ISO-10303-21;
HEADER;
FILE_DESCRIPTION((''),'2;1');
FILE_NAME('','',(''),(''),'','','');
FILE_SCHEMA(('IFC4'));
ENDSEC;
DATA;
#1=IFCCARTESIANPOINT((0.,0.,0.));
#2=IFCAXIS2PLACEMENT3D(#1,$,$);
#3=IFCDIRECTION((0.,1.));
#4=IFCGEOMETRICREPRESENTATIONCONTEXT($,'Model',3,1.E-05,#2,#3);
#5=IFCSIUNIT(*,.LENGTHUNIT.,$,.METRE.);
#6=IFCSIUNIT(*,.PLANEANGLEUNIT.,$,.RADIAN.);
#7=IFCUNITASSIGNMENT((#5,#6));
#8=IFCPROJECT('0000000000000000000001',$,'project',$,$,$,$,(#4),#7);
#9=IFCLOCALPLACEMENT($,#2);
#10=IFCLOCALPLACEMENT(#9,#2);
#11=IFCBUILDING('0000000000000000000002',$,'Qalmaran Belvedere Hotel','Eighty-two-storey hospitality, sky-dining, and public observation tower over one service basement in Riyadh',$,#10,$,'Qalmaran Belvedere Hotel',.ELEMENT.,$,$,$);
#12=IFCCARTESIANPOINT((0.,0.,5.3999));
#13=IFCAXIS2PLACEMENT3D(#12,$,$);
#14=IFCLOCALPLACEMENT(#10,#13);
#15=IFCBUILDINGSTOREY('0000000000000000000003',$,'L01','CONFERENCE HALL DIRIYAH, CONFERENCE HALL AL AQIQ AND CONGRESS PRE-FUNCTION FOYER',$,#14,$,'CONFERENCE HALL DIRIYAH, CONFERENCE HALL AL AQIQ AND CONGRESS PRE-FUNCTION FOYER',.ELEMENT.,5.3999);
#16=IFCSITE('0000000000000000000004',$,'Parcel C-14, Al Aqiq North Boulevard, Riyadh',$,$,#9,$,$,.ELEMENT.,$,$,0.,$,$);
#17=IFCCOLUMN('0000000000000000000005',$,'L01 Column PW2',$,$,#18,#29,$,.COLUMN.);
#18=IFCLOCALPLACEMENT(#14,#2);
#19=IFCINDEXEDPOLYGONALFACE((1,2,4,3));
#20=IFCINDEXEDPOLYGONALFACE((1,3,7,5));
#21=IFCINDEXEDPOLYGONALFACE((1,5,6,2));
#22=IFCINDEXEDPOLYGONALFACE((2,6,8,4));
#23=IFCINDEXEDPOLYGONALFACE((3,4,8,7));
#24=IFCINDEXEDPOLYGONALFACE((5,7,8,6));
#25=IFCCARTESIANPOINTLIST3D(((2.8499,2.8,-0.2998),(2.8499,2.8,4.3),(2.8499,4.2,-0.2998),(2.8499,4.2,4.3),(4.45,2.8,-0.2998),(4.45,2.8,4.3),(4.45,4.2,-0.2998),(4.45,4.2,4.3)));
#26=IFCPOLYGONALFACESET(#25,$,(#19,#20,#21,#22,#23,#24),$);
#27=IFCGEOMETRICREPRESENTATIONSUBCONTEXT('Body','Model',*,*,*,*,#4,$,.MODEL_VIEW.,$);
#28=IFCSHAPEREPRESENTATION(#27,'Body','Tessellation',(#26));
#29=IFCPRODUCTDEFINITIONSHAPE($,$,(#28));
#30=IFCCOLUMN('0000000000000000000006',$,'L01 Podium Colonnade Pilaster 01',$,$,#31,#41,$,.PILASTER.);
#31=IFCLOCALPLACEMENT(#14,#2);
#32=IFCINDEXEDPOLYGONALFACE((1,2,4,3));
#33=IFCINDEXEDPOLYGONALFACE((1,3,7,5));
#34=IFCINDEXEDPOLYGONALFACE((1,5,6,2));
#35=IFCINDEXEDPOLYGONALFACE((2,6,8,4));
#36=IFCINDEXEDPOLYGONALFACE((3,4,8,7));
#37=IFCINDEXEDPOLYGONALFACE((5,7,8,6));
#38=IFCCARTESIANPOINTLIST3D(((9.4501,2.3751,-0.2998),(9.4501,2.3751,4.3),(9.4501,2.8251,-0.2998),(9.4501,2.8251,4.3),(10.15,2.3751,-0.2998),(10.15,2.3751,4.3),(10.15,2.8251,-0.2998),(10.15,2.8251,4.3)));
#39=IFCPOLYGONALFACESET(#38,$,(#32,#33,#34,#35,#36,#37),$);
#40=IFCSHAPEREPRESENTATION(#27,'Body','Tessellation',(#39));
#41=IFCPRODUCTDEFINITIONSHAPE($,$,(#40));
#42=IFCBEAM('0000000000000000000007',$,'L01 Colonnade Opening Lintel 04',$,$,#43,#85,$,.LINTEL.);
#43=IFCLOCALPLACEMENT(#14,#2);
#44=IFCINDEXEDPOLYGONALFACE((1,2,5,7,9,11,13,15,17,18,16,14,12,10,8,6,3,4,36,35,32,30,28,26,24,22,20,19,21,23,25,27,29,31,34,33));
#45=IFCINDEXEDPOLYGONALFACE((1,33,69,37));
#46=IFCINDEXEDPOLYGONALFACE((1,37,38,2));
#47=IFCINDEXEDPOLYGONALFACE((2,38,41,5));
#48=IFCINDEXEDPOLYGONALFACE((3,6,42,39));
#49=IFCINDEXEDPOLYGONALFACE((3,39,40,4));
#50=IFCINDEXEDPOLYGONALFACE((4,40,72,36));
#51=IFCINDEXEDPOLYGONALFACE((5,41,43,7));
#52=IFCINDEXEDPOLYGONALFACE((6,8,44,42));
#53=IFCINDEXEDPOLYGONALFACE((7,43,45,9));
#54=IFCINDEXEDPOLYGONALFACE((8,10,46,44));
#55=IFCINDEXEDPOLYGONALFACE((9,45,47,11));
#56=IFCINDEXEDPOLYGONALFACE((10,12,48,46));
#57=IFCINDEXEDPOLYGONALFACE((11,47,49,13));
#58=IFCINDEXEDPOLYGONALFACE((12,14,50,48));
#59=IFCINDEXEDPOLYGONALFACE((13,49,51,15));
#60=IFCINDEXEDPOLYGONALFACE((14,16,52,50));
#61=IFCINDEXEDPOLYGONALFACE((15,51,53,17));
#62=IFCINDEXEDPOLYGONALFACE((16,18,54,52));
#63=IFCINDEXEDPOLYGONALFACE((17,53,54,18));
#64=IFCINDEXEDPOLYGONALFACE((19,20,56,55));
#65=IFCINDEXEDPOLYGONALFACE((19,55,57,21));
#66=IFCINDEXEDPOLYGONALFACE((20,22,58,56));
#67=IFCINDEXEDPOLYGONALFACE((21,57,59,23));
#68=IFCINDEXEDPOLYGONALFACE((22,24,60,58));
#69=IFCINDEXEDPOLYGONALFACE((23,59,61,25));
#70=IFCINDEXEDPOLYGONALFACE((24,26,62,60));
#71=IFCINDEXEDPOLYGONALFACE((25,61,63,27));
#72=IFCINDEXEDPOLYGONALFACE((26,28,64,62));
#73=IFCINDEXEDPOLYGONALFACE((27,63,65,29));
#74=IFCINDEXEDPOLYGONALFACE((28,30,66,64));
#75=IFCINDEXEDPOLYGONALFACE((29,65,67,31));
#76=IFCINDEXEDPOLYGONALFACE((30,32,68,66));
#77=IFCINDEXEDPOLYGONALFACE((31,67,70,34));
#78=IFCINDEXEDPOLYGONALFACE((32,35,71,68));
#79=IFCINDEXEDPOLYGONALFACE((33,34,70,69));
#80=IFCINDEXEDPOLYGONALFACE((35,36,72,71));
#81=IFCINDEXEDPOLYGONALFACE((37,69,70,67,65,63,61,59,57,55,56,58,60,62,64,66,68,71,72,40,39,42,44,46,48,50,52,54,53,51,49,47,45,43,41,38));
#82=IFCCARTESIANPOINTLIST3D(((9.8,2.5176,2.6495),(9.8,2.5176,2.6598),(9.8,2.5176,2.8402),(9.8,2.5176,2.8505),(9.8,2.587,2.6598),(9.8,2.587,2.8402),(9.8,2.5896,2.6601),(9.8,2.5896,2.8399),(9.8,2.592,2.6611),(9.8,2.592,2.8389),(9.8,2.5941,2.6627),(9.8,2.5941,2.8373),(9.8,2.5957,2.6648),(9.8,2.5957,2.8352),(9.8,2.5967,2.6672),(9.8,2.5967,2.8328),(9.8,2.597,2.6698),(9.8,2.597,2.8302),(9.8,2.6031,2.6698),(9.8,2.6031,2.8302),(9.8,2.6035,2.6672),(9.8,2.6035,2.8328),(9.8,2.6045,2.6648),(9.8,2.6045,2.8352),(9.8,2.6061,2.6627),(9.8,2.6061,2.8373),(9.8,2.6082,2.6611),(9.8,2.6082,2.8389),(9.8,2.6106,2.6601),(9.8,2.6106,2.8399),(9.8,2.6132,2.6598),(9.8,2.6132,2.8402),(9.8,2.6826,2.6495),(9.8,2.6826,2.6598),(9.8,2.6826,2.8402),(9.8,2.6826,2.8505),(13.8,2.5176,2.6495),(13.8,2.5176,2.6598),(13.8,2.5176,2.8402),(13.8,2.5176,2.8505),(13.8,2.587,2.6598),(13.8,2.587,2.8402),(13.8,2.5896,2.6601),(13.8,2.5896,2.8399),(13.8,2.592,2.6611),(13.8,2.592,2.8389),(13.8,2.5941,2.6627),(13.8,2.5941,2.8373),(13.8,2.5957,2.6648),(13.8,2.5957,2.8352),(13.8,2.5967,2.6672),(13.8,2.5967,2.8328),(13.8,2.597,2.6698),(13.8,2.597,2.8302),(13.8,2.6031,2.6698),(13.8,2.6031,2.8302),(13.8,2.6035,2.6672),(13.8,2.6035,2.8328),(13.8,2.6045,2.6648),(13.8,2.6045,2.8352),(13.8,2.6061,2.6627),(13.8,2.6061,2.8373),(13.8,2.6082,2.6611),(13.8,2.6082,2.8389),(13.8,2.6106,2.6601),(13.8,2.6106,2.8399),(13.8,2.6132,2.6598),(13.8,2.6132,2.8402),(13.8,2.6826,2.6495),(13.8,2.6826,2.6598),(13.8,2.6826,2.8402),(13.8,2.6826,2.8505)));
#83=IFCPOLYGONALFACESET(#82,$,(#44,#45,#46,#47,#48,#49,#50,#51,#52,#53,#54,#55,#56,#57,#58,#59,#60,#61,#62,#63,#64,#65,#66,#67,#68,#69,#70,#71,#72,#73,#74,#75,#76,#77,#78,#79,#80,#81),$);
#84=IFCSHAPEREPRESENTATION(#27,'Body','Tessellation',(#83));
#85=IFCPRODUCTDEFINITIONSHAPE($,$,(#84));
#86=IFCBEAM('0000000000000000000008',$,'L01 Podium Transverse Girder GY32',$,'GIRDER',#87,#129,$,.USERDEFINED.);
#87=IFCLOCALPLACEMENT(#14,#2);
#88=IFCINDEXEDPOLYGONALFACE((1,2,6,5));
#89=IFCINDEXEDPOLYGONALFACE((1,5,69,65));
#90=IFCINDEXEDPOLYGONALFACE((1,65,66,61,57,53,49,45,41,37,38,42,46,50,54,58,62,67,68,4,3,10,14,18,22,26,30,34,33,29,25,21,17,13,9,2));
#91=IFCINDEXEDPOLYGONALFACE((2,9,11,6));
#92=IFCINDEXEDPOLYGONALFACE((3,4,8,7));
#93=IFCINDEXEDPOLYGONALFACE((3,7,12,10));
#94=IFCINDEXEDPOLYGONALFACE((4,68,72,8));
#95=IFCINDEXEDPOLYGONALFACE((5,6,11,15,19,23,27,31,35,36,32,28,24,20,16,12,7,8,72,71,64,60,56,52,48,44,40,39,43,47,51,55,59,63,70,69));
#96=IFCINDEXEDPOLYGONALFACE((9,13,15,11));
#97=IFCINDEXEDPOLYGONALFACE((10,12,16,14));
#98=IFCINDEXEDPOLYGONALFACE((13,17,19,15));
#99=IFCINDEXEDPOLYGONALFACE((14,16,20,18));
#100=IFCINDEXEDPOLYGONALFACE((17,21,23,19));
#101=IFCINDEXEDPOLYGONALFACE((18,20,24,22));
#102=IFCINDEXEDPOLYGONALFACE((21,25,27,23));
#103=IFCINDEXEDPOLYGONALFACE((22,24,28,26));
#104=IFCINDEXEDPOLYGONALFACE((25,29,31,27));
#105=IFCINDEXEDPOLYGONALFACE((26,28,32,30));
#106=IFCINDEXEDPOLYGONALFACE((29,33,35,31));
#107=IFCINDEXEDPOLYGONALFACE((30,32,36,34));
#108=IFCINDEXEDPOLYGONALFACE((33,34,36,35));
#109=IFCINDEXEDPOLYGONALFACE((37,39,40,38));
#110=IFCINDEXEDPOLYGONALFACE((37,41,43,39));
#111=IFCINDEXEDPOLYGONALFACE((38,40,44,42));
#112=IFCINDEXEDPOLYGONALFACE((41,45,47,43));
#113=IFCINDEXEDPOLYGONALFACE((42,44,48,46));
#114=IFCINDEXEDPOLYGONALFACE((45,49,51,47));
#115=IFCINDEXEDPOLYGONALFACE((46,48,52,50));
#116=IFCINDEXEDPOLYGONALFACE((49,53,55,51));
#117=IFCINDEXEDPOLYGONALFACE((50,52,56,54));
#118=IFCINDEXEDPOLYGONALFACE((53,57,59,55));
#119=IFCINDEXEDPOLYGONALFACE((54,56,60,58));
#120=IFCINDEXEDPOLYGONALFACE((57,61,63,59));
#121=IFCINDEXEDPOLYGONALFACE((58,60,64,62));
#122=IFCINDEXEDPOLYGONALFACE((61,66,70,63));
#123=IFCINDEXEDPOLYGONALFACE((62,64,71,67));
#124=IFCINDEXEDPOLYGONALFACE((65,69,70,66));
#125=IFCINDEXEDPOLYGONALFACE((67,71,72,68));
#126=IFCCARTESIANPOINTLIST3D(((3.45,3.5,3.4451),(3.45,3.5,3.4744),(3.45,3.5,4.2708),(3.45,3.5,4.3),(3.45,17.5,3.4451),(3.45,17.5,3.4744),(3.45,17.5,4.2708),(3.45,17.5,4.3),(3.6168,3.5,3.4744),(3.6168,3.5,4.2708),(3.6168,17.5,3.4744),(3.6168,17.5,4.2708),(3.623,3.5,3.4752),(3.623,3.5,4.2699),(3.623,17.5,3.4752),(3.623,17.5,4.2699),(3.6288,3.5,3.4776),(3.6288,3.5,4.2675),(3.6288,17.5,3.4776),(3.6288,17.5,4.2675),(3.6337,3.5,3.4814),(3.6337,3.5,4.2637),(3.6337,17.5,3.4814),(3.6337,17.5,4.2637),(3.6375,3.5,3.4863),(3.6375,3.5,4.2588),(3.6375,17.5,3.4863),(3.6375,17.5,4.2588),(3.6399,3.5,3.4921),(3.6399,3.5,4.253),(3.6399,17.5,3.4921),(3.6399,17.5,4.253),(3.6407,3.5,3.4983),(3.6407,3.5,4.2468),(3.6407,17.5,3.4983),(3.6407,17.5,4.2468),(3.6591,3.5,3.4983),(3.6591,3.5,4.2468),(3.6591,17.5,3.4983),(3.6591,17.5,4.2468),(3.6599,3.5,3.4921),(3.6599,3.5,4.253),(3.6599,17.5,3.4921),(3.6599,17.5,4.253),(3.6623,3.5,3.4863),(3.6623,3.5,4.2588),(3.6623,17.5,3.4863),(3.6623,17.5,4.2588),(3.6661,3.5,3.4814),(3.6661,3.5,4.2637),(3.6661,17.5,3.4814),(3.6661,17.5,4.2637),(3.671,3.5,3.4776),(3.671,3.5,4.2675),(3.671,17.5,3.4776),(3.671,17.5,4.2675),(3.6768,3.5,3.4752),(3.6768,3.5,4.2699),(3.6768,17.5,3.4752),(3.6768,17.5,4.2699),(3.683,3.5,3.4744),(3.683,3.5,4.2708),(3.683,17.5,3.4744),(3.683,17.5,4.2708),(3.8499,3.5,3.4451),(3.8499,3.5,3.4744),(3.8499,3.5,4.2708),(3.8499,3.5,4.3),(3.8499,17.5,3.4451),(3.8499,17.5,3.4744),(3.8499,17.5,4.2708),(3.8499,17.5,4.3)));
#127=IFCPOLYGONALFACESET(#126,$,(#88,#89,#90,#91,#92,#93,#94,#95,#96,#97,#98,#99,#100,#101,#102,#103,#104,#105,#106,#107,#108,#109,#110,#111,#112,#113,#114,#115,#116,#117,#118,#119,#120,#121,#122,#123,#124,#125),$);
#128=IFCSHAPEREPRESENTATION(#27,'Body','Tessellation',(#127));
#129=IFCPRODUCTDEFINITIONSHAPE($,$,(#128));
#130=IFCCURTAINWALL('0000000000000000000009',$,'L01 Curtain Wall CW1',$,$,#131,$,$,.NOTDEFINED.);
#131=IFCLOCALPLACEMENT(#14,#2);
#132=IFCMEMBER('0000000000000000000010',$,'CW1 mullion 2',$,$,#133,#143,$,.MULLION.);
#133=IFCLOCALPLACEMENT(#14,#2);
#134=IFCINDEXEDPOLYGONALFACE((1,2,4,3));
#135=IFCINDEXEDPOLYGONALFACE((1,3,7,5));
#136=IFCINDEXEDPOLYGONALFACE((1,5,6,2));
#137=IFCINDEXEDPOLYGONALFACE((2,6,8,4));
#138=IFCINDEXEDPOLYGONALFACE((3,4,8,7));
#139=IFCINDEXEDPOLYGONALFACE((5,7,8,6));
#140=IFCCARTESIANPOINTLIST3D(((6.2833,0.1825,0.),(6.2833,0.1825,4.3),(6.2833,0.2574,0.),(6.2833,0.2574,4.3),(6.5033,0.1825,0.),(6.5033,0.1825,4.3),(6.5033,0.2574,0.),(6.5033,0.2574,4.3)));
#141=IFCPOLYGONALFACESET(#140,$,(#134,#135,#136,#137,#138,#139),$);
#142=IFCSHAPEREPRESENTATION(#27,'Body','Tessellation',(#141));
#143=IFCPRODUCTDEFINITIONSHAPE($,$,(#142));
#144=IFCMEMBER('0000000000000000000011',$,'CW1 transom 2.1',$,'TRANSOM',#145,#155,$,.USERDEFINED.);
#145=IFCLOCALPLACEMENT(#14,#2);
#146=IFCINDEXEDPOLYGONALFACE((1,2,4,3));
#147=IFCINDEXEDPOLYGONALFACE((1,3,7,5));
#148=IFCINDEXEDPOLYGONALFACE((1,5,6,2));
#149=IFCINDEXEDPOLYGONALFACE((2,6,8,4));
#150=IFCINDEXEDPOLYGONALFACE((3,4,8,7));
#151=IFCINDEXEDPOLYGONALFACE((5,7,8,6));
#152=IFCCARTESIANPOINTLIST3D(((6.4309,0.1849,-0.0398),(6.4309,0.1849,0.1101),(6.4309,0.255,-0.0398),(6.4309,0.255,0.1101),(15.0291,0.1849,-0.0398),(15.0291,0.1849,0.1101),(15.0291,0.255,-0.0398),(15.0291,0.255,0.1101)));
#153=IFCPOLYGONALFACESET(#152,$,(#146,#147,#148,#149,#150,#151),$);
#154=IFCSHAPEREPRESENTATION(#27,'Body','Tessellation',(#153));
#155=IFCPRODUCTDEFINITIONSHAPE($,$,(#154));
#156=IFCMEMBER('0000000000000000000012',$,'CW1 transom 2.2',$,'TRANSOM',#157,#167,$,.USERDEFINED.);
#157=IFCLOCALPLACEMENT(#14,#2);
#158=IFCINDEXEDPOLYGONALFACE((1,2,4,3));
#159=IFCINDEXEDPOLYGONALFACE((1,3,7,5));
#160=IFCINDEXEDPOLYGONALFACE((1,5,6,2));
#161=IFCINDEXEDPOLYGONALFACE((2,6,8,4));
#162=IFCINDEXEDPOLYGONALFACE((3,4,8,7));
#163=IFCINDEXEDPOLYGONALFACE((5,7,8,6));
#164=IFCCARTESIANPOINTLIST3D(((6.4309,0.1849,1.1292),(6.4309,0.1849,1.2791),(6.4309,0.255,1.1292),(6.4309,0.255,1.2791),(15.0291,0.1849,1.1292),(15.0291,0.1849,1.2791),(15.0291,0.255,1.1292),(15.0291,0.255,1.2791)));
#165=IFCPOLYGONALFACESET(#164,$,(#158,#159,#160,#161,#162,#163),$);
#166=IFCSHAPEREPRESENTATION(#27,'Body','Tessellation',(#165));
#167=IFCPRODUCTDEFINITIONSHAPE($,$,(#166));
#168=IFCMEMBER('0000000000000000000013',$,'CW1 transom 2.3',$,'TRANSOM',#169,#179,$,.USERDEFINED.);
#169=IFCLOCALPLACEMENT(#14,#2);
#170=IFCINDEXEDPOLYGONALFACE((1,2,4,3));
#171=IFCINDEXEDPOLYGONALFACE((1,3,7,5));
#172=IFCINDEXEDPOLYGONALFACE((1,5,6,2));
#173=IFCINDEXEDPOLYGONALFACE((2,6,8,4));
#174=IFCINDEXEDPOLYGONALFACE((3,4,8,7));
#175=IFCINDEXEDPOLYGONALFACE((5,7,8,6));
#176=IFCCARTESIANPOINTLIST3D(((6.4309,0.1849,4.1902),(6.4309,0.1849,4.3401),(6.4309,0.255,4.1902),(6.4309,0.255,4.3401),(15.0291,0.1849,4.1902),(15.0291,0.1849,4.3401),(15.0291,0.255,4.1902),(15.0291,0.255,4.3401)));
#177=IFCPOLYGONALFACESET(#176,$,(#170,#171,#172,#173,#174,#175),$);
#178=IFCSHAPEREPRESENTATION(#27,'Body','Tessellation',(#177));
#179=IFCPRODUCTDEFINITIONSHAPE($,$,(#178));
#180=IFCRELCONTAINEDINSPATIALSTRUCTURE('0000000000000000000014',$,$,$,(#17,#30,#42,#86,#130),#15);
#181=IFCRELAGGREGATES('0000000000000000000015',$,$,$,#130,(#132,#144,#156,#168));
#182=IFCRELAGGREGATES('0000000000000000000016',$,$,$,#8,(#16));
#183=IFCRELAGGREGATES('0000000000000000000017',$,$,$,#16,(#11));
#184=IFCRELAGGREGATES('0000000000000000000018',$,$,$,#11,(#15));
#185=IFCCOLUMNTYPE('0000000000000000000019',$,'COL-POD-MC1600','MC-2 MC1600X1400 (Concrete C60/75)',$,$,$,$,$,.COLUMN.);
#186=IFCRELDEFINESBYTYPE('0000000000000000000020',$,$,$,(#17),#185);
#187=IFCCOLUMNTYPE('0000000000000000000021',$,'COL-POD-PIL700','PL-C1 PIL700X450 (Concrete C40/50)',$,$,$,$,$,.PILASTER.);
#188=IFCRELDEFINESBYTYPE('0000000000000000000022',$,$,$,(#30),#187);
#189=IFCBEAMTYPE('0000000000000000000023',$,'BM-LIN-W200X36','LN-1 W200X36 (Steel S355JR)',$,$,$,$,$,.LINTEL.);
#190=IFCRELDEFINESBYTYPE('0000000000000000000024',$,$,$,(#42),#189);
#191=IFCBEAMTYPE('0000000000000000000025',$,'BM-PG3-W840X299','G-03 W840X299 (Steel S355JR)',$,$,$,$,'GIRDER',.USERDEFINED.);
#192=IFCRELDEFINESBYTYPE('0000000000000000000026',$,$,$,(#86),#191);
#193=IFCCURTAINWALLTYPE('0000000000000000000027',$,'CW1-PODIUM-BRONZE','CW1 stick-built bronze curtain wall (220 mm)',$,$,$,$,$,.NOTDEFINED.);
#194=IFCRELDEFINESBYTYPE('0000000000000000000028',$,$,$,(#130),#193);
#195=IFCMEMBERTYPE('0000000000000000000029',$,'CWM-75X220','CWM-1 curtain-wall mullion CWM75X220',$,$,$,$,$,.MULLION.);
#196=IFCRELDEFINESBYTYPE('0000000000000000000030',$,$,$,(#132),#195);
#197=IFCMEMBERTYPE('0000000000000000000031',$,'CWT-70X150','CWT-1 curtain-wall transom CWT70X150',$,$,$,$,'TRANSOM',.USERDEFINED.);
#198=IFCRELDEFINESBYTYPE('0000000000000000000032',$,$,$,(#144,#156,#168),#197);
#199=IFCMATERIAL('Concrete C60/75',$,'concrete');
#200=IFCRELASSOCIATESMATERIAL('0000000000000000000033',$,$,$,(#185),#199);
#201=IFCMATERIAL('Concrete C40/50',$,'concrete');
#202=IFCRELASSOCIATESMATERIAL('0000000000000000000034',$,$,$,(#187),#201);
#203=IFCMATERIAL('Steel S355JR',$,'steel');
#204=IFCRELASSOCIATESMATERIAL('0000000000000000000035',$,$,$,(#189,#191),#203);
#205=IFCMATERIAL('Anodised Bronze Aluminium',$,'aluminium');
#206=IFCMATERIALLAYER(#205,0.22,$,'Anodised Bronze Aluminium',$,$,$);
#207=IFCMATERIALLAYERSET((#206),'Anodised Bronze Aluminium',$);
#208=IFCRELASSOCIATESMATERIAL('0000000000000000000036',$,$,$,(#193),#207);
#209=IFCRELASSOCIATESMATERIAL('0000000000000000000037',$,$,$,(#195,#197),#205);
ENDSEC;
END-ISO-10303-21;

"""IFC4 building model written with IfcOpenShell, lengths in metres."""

from ifc_helpers import new_model, si_unit, direction, frame, origin, origin_2d, place, context, subcontext, project, spatial, rectangle, i_section, extrude, material, layer, layer_set, material_profile, profile_set, type_object, element, aggregate, save


model = new_model("IFC4")

# Units and contexts
model_context = context("Model", 3, precision=1e-05, world=origin(), true_north=direction((0.0, 1.0)))
body_context = subcontext(model_context, "Body", "Model", "MODEL_VIEW")
ifc_project = project(units=[si_unit("LENGTHUNIT", "METRE"), si_unit("PLANEANGLEUNIT", "RADIAN")], contexts=[model_context])

# Site, building, storey
site_placement = place(None, origin())
site = spatial("IfcSite", under=ifc_project, at=site_placement, Name="Parcel C-14, Al Aqiq North Boulevard, Riyadh", CompositionType="ELEMENT", RefElevation=0.0)
building_placement = place(site_placement, origin())
building = spatial("IfcBuilding", under=site, at=building_placement, Name="Qalmaran Belvedere Hotel", Description="Eighty-two-storey hospitality, sky-dining, and public observation tower over one service basement in Riyadh", LongName="Qalmaran Belvedere Hotel", CompositionType="ELEMENT")
storey_placement = place(building_placement, frame((0.0, 0.0, 5.3999)))
storey = spatial("IfcBuildingStorey", under=building, at=storey_placement, Name="L01", Description="CONFERENCE HALL DIRIYAH, CONFERENCE HALL AL AQIQ AND CONGRESS PRE-FUNCTION FOYER", LongName="CONFERENCE HALL DIRIYAH, CONFERENCE HALL AL AQIQ AND CONGRESS PRE-FUNCTION FOYER", CompositionType="ELEMENT", Elevation=5.3999)

# Columns
ifc_material_1 = material(Name="Concrete C60/75", Category="concrete")
ifc_material_profile_1 = material_profile(ifc_material_1, rectangle(XDim=1.6001, YDim=1.3999, at=origin_2d()), Name="MC1600X1400")
ifc_profile_set_1 = profile_set([ifc_material_profile_1], Name="Concrete C60/75")
column_type_1 = type_object("IfcColumnType", Name="COL-POD-MC1600", Description="MC-2 MC1600X1400 (Concrete C60/75)", PredefinedType="COLUMN", material=ifc_profile_set_1)
column_1_placement = place(storey_placement, frame((3.6499, 3.5, -0.2998), z_axis=(0.0, 0.0, 1.0), x_axis=(1.0, 0.0, 0.0)))
element("IfcColumn", 1, at=column_1_placement, inside=storey, type_object=column_type_1, Name="L01 Column PW2", PredefinedType="COLUMN", context=body_context, shape_type="SweptSolid", body=[
    extrude(rectangle(XDim=1.6001, YDim=1.3999, at=origin_2d()), origin(), (0.0, 0.0, 1.0), 4.5999),
])
ifc_material_2 = material(Name="Concrete C40/50", Category="concrete")
ifc_material_profile_2 = material_profile(ifc_material_2, rectangle(XDim=0.7, YDim=0.45, at=origin_2d()), Name="PIL700X450")
ifc_profile_set_2 = profile_set([ifc_material_profile_2], Name="Concrete C40/50")
column_type_2 = type_object("IfcColumnType", Name="COL-POD-PIL700", Description="PL-C1 PIL700X450 (Concrete C40/50)", PredefinedType="PILASTER", material=ifc_profile_set_2)
column_2_placement = place(storey_placement, frame((9.8, 2.6001, -0.2998), z_axis=(0.0, 0.0, 1.0), x_axis=(1.0, 0.0, 0.0)))
element("IfcColumn", 2, at=column_2_placement, inside=storey, type_object=column_type_2, Name="L01 Podium Colonnade Pilaster 01", PredefinedType="PILASTER", context=body_context, shape_type="SweptSolid", body=[
    extrude(rectangle(XDim=0.7, YDim=0.45, at=origin_2d()), origin(), (0.0, 0.0, 1.0), 4.5999),
])

# Beams
ifc_material_3 = material(Name="Steel S355JR", Category="steel")
ifc_material_profile_3 = material_profile(ifc_material_3, i_section(OverallWidth=0.165, OverallDepth=0.2009, WebThickness=0.0061, FlangeThickness=0.0103, FilletRadius=0.01, at=origin_2d()), Name="W200X36")
ifc_profile_set_3 = profile_set([ifc_material_profile_3], Name="Steel S355JR")
beam_type_1 = type_object("IfcBeamType", Name="BM-LIN-W200X36", Description="LN-1 W200X36 (Steel S355JR)", PredefinedType="LINTEL", material=ifc_profile_set_3)
beam_1_placement = place(storey_placement, frame((9.8, 2.6001, 2.75), z_axis=(1.0, 0.0, 0.0), x_axis=(0.0, 1.0, 0.0)))
element("IfcBeam", 3, at=beam_1_placement, inside=storey, type_object=beam_type_1, Name="L01 Colonnade Opening Lintel 04", PredefinedType="LINTEL", context=body_context, shape_type="SweptSolid", body=[
    extrude(i_section(OverallWidth=0.165, OverallDepth=0.2009, WebThickness=0.0061, FlangeThickness=0.0103, FilletRadius=0.01, at=origin_2d()), origin(), (0.0, 0.0, 1.0), 4.0),
])
ifc_material_profile_4 = material_profile(ifc_material_3, i_section(OverallWidth=0.3999, OverallDepth=0.855, WebThickness=0.0183, FlangeThickness=0.0293, FilletRadius=0.0239, at=origin_2d()), Name="W840X299")
ifc_profile_set_4 = profile_set([ifc_material_profile_4], Name="Steel S355JR")
beam_type_2 = type_object("IfcBeamType", Name="BM-PG3-W840X299", Description="G-03 W840X299 (Steel S355JR)", ElementType="GIRDER", PredefinedType="USERDEFINED", material=ifc_profile_set_4)
beam_2_placement = place(storey_placement, frame((3.6499, 3.5, 3.8726), z_axis=(0.0, 1.0, 0.0), x_axis=(-1.0, 0.0, 0.0)))
element("IfcBeam", 4, at=beam_2_placement, inside=storey, type_object=beam_type_2, Name="L01 Podium Transverse Girder GY32", ObjectType="GIRDER", PredefinedType="USERDEFINED", context=body_context, shape_type="SweptSolid", body=[
    extrude(i_section(OverallWidth=0.3999, OverallDepth=0.855, WebThickness=0.0183, FlangeThickness=0.0293, FilletRadius=0.0239, at=origin_2d()), origin(), (0.0, 0.0, 1.0), 14.0),
])

# Curtain wall, members
ifc_material_4 = material(Name="Anodised Bronze Aluminium", Category="aluminium")
ifc_layer_1 = layer(ifc_material_4, 0.22, Name="Anodised Bronze Aluminium")
ifc_layer_set_1 = layer_set([ifc_layer_1], Name="Anodised Bronze Aluminium")
curtain_wall_type = type_object("IfcCurtainWallType", Name="CW1-PODIUM-BRONZE", Description="CW1 stick-built bronze curtain wall (220 mm)", PredefinedType="NOTDEFINED", material=ifc_layer_set_1)
curtain_wall_placement = place(storey_placement, origin())
curtain_wall = element("IfcCurtainWall", 5, at=curtain_wall_placement, inside=storey, type_object=curtain_wall_type, Name="L01 Curtain Wall CW1", PredefinedType="NOTDEFINED")
ifc_material_profile_5 = material_profile(ifc_material_4, rectangle(XDim=0.075, YDim=0.22, at=origin_2d()), Name="CWM75X220")
ifc_profile_set_5 = profile_set([ifc_material_profile_5], Name="Anodised Bronze Aluminium")
member_type_1 = type_object("IfcMemberType", Name="CWM-75X220", Description="CWM-1 curtain-wall mullion CWM75X220", PredefinedType="MULLION", material=ifc_profile_set_5)
member_1_placement = place(storey_placement, frame((6.3933, 0.22, 0.0), z_axis=(0.0, 0.0, 1.0), x_axis=(0.0, 1.0, 0.0)))
member_1 = element("IfcMember", 6, at=member_1_placement, type_object=member_type_1, Name="CW1 mullion 2", PredefinedType="MULLION", context=body_context, shape_type="SweptSolid", body=[
    extrude(rectangle(XDim=0.075, YDim=0.22, at=origin_2d()), origin(), (0.0, 0.0, 1.0), 4.3),
])
ifc_material_profile_6 = material_profile(ifc_material_4, rectangle(XDim=0.0701, YDim=0.1499, at=origin_2d()), Name="CWT70X150")
ifc_profile_set_6 = profile_set([ifc_material_profile_6], Name="Anodised Bronze Aluminium")
member_type_2 = type_object("IfcMemberType", Name="CWT-70X150", Description="CWT-1 curtain-wall transom CWT70X150", ElementType="TRANSOM", PredefinedType="USERDEFINED", material=ifc_profile_set_6)
member_2_placement = place(storey_placement, frame((6.4309, 0.22, 0.0352), z_axis=(1.0, 0.0, 0.0), x_axis=(0.0, 1.0, 0.0)))
member_2 = element("IfcMember", 7, at=member_2_placement, type_object=member_type_2, Name="CW1 transom 2.1", ObjectType="TRANSOM", PredefinedType="USERDEFINED", context=body_context, shape_type="SweptSolid", body=[
    extrude(rectangle(XDim=0.0701, YDim=0.1499, at=origin_2d()), origin(), (0.0, 0.0, 1.0), 8.5981),
])
member_3_placement = place(storey_placement, frame((6.4309, 0.22, 1.2041), z_axis=(1.0, 0.0, 0.0), x_axis=(0.0, 1.0, 0.0)))
member_3 = element("IfcMember", 8, at=member_3_placement, type_object=member_type_2, Name="CW1 transom 2.2", ObjectType="TRANSOM", PredefinedType="USERDEFINED", context=body_context, shape_type="SweptSolid", body=[
    extrude(rectangle(XDim=0.0701, YDim=0.1499, at=origin_2d()), origin(), (0.0, 0.0, 1.0), 8.5981),
])
member_4_placement = place(storey_placement, frame((6.4309, 0.22, 4.2651), z_axis=(1.0, 0.0, 0.0), x_axis=(0.0, 1.0, 0.0)))
member_4 = element("IfcMember", 9, at=member_4_placement, type_object=member_type_2, Name="CW1 transom 2.3", ObjectType="TRANSOM", PredefinedType="USERDEFINED", context=body_context, shape_type="SweptSolid", body=[
    extrude(rectangle(XDim=0.0701, YDim=0.1499, at=origin_2d()), origin(), (0.0, 0.0, 1.0), 8.5981),
])
aggregate(curtain_wall, [member_1, member_2, member_3, member_4])

save(model, "model.ifc")
